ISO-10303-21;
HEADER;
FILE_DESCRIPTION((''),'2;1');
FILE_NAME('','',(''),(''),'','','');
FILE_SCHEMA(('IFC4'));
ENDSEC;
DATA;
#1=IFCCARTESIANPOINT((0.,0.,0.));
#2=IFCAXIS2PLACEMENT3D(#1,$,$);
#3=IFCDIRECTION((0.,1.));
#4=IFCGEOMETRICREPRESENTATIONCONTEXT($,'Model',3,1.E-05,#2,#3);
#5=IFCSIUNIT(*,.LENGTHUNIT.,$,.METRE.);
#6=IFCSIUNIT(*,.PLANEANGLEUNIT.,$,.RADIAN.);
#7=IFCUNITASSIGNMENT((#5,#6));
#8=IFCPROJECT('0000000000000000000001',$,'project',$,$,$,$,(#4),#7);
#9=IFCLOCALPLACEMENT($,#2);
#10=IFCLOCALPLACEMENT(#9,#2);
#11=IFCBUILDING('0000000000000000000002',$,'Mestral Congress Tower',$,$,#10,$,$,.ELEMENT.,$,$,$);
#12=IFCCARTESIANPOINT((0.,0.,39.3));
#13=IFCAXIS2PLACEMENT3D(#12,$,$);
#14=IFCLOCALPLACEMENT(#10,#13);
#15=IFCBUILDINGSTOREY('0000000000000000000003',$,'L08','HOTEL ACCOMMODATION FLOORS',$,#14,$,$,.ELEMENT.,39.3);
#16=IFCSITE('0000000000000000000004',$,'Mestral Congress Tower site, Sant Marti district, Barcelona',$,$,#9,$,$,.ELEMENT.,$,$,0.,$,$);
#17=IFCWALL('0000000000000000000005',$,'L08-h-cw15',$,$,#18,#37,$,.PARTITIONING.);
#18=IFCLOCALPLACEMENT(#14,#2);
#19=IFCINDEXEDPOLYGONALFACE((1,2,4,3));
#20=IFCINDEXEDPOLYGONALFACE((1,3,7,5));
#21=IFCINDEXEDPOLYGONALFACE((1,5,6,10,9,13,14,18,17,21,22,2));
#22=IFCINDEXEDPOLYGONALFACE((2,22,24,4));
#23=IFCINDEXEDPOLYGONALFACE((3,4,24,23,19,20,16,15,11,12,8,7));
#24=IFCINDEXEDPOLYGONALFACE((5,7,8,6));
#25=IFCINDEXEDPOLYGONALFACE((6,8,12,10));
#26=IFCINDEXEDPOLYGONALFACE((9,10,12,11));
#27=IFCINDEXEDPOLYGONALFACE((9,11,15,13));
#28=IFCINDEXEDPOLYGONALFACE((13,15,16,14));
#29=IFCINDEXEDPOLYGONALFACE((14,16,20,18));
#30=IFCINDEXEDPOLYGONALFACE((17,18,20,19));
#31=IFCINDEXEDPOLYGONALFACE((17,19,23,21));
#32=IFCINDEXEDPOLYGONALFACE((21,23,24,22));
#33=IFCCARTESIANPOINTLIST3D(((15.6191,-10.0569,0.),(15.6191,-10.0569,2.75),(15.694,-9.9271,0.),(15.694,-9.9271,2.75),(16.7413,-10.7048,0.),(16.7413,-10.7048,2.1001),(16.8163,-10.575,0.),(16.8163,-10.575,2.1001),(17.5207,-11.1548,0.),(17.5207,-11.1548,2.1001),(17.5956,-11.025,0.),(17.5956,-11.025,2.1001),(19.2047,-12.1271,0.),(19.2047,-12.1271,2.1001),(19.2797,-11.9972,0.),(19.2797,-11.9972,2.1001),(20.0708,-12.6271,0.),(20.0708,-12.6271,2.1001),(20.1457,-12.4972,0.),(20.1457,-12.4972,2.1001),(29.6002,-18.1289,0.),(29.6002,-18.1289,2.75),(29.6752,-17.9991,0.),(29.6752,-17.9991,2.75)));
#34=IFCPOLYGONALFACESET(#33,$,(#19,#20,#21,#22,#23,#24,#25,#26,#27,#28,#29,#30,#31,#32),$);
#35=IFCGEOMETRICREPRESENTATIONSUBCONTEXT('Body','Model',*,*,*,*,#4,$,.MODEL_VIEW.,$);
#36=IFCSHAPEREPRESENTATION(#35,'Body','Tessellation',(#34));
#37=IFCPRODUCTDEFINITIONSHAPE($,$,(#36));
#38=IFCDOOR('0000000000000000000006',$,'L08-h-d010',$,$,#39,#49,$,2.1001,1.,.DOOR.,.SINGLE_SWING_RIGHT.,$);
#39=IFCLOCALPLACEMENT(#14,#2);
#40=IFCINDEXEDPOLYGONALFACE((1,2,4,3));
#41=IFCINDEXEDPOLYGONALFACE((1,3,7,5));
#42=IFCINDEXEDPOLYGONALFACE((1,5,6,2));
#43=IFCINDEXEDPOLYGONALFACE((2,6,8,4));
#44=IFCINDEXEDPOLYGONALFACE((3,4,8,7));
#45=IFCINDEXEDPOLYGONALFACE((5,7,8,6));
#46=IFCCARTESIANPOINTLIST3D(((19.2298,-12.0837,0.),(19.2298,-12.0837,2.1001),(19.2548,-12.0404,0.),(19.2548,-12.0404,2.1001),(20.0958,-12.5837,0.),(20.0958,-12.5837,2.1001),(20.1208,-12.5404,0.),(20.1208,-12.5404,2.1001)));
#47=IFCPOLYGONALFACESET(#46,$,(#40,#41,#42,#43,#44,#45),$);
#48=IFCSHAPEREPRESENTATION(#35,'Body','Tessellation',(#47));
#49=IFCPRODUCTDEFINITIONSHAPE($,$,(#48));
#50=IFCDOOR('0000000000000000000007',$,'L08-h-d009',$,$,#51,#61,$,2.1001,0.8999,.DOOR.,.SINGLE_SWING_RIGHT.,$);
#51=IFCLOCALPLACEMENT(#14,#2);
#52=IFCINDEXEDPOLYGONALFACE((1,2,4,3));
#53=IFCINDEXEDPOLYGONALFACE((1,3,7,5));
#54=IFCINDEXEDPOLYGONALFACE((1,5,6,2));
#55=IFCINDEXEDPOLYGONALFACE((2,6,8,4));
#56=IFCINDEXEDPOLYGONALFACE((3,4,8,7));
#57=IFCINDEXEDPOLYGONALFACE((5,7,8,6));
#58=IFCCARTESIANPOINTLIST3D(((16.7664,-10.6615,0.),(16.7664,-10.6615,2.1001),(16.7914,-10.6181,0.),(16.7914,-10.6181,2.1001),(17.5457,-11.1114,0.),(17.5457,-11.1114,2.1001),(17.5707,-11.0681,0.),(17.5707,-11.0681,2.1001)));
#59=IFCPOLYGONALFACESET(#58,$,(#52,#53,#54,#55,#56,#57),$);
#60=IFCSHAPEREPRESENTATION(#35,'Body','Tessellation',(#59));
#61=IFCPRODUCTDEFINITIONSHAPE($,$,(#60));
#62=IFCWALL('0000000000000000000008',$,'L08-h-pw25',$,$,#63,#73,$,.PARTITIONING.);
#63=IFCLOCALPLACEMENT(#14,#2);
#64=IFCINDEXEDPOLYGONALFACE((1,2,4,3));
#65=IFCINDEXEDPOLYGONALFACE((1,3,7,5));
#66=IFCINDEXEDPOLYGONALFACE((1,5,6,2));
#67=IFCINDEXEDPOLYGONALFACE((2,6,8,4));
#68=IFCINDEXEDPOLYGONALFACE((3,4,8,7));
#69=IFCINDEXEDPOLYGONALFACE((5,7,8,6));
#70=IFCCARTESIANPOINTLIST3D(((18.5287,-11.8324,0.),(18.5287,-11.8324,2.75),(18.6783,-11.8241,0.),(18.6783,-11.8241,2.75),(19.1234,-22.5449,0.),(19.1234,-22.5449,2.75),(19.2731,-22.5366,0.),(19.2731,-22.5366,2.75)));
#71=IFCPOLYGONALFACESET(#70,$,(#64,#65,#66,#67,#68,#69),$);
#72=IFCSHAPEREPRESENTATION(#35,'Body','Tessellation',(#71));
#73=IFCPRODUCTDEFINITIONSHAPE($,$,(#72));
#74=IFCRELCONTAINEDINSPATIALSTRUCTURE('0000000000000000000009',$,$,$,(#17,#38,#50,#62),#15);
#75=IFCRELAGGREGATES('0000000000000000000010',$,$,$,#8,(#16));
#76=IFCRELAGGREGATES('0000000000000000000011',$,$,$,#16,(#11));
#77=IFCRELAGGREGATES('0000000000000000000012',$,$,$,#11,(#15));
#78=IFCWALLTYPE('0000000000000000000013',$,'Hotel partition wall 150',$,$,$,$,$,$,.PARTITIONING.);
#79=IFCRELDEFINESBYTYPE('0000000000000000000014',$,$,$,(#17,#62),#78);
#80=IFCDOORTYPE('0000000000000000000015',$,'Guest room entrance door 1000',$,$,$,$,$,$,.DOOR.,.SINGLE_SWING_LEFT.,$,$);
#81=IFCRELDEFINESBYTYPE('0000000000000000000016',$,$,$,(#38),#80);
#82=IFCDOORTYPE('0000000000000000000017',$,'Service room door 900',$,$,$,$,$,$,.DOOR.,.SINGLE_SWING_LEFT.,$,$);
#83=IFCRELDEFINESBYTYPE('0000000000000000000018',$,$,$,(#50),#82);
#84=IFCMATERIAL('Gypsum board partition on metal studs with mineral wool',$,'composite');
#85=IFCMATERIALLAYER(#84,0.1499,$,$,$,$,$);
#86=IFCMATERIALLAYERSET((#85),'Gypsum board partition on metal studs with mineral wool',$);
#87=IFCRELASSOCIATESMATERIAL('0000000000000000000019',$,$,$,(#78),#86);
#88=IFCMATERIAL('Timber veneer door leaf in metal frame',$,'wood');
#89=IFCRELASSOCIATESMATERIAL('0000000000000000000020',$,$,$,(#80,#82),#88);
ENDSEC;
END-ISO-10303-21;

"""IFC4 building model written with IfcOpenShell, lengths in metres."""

from ifc_helpers import new_model, si_unit, direction, frame, frame_2d, origin, place, context, subcontext, project, spatial, rectangle, extrude, material, layer, layer_set, type_object, element, fill, save


model = new_model("IFC4")

# Units and contexts
model_context = context("Model", 3, precision=1e-05, world=origin(), true_north=direction((0.0, 1.0)))
body_context = subcontext(model_context, "Body", "Model", "MODEL_VIEW")
ifc_project = project(units=[si_unit("LENGTHUNIT", "METRE"), si_unit("PLANEANGLEUNIT", "RADIAN")], contexts=[model_context])

# Site, building, storey
site_placement = place(None, origin())
site = spatial("IfcSite", under=ifc_project, at=site_placement, Name="Mestral Congress Tower site, Sant Marti district, Barcelona", CompositionType="ELEMENT", RefElevation=0.0)
building_placement = place(site_placement, origin())
building = spatial("IfcBuilding", under=site, at=building_placement, Name="Mestral Congress Tower", CompositionType="ELEMENT")
storey_placement = place(building_placement, frame((0.0, 0.0, 39.3)))
storey = spatial("IfcBuildingStorey", under=building, at=storey_placement, Name="L08", Description="HOTEL ACCOMMODATION FLOORS", CompositionType="ELEMENT", Elevation=39.3)

# Shared definitions
ifc_material_1 = material(Name="Gypsum board partition on metal studs with mineral wool", Category="composite")

# Wall, openings, doors
ifc_layer_1 = layer(ifc_material_1, 0.1499)
ifc_layer_set_1 = layer_set([ifc_layer_1], Name="Gypsum board partition on metal studs with mineral wool")
wall_type_1 = type_object("IfcWallType", Name="Hotel partition wall 150", PredefinedType="PARTITIONING", material=ifc_layer_set_1)
wall_1_placement = place(storey_placement, frame((29.6377, -18.064, 0.0), z_axis=(0.0, 0.0, 1.0), x_axis=(-0.866026, 0.499999, 0.0)))
wall_1 = element("IfcWall", 1, at=wall_1_placement, inside=storey, type_object=wall_type_1, Name="L08-h-cw15", PredefinedType="PARTITIONING", context=body_context, shape_type="SweptSolid", body=[
    extrude(rectangle(XDim=16.144, YDim=0.1499, at=frame_2d((8.072, 0.0))), origin(), (0.0, 0.0, 1.0), 2.75),
])
opening_1_placement = place(wall_1_placement, frame((13.9482, 0.0, 0.0)))
opening_1 = element("IfcOpeningElement", 2, at=opening_1_placement, cuts=wall_1, PredefinedType="OPENING", context=body_context, shape_type="SweptSolid", body=[
    extrude(rectangle(XDim=0.8999, YDim=2.1001, at=frame_2d((0.45, 1.05))), frame((0.0, 0.085, 0.0), z_axis=(0.0, -1.0, 0.0), x_axis=(1.0, 0.0, 0.0)), (0.0, 0.0, 1.0), 0.1699),
])
opening_2_placement = place(wall_1_placement, frame((11.0037, 0.0, 0.0)))
opening_2 = element("IfcOpeningElement", 3, at=opening_2_placement, cuts=wall_1, PredefinedType="OPENING", context=body_context, shape_type="SweptSolid", body=[
    extrude(rectangle(XDim=1.0, YDim=2.1001, at=frame_2d((0.5, 1.05))), frame((0.0, 0.085, 0.0), z_axis=(0.0, -1.0, 0.0), x_axis=(1.0, 0.0, 0.0)), (0.0, 0.0, 1.0), 0.1699),
])
ifc_material_2 = material(Name="Timber veneer door leaf in metal frame", Category="wood")
door_type_1 = type_object("IfcDoorType", Name="Guest room entrance door 1000", OperationType="SINGLE_SWING_LEFT", PredefinedType="DOOR", material=ifc_material_2)
door_1_placement = place(opening_2_placement, origin())
door_1 = element("IfcDoor", 4, at=door_1_placement, inside=storey, type_object=door_type_1, Name="L08-h-d010", OperationType="SINGLE_SWING_RIGHT", OverallHeight=2.1001, OverallWidth=1.0, PredefinedType="DOOR", context=body_context, shape_type="SweptSolid", body=[
    extrude(rectangle(XDim=1.0, YDim=2.1001, at=frame_2d((0.5, 1.05))), frame((0.0, 0.0249, 0.0), z_axis=(0.0, -1.0, 0.0), x_axis=(1.0, 0.0, 0.0)), (0.0, 0.0, 1.0), 0.05),
])
fill(opening_2, door_1)
door_type_2 = type_object("IfcDoorType", Name="Service room door 900", OperationType="SINGLE_SWING_LEFT", PredefinedType="DOOR", material=ifc_material_2)
door_2_placement = place(opening_1_placement, origin())
door_2 = element("IfcDoor", 5, at=door_2_placement, inside=storey, type_object=door_type_2, Name="L08-h-d009", OperationType="SINGLE_SWING_RIGHT", OverallHeight=2.1001, OverallWidth=0.8999, PredefinedType="DOOR", context=body_context, shape_type="SweptSolid", body=[
    extrude(rectangle(XDim=0.8999, YDim=2.1001, at=frame_2d((0.45, 1.05))), frame((0.0, 0.0249, 0.0), z_axis=(0.0, -1.0, 0.0), x_axis=(1.0, 0.0, 0.0)), (0.0, 0.0, 1.0), 0.05),
])
fill(opening_1, door_2)

# Wall
wall_2_placement = place(storey_placement, frame((19.1982, -22.5408, 0.0), z_axis=(0.0, 0.0, 1.0), x_axis=(-0.055432, 0.998462, 0.0)))
element("IfcWall", 6, at=wall_2_placement, inside=storey, type_object=wall_type_1, Name="L08-h-pw25", PredefinedType="PARTITIONING", context=body_context, shape_type="SweptSolid", body=[
    extrude(rectangle(XDim=10.729, YDim=0.1499, at=frame_2d((5.3645, 0.0))), origin(), (0.0, 0.0, 1.0), 2.75),
])

save(model, "model.ifc")
